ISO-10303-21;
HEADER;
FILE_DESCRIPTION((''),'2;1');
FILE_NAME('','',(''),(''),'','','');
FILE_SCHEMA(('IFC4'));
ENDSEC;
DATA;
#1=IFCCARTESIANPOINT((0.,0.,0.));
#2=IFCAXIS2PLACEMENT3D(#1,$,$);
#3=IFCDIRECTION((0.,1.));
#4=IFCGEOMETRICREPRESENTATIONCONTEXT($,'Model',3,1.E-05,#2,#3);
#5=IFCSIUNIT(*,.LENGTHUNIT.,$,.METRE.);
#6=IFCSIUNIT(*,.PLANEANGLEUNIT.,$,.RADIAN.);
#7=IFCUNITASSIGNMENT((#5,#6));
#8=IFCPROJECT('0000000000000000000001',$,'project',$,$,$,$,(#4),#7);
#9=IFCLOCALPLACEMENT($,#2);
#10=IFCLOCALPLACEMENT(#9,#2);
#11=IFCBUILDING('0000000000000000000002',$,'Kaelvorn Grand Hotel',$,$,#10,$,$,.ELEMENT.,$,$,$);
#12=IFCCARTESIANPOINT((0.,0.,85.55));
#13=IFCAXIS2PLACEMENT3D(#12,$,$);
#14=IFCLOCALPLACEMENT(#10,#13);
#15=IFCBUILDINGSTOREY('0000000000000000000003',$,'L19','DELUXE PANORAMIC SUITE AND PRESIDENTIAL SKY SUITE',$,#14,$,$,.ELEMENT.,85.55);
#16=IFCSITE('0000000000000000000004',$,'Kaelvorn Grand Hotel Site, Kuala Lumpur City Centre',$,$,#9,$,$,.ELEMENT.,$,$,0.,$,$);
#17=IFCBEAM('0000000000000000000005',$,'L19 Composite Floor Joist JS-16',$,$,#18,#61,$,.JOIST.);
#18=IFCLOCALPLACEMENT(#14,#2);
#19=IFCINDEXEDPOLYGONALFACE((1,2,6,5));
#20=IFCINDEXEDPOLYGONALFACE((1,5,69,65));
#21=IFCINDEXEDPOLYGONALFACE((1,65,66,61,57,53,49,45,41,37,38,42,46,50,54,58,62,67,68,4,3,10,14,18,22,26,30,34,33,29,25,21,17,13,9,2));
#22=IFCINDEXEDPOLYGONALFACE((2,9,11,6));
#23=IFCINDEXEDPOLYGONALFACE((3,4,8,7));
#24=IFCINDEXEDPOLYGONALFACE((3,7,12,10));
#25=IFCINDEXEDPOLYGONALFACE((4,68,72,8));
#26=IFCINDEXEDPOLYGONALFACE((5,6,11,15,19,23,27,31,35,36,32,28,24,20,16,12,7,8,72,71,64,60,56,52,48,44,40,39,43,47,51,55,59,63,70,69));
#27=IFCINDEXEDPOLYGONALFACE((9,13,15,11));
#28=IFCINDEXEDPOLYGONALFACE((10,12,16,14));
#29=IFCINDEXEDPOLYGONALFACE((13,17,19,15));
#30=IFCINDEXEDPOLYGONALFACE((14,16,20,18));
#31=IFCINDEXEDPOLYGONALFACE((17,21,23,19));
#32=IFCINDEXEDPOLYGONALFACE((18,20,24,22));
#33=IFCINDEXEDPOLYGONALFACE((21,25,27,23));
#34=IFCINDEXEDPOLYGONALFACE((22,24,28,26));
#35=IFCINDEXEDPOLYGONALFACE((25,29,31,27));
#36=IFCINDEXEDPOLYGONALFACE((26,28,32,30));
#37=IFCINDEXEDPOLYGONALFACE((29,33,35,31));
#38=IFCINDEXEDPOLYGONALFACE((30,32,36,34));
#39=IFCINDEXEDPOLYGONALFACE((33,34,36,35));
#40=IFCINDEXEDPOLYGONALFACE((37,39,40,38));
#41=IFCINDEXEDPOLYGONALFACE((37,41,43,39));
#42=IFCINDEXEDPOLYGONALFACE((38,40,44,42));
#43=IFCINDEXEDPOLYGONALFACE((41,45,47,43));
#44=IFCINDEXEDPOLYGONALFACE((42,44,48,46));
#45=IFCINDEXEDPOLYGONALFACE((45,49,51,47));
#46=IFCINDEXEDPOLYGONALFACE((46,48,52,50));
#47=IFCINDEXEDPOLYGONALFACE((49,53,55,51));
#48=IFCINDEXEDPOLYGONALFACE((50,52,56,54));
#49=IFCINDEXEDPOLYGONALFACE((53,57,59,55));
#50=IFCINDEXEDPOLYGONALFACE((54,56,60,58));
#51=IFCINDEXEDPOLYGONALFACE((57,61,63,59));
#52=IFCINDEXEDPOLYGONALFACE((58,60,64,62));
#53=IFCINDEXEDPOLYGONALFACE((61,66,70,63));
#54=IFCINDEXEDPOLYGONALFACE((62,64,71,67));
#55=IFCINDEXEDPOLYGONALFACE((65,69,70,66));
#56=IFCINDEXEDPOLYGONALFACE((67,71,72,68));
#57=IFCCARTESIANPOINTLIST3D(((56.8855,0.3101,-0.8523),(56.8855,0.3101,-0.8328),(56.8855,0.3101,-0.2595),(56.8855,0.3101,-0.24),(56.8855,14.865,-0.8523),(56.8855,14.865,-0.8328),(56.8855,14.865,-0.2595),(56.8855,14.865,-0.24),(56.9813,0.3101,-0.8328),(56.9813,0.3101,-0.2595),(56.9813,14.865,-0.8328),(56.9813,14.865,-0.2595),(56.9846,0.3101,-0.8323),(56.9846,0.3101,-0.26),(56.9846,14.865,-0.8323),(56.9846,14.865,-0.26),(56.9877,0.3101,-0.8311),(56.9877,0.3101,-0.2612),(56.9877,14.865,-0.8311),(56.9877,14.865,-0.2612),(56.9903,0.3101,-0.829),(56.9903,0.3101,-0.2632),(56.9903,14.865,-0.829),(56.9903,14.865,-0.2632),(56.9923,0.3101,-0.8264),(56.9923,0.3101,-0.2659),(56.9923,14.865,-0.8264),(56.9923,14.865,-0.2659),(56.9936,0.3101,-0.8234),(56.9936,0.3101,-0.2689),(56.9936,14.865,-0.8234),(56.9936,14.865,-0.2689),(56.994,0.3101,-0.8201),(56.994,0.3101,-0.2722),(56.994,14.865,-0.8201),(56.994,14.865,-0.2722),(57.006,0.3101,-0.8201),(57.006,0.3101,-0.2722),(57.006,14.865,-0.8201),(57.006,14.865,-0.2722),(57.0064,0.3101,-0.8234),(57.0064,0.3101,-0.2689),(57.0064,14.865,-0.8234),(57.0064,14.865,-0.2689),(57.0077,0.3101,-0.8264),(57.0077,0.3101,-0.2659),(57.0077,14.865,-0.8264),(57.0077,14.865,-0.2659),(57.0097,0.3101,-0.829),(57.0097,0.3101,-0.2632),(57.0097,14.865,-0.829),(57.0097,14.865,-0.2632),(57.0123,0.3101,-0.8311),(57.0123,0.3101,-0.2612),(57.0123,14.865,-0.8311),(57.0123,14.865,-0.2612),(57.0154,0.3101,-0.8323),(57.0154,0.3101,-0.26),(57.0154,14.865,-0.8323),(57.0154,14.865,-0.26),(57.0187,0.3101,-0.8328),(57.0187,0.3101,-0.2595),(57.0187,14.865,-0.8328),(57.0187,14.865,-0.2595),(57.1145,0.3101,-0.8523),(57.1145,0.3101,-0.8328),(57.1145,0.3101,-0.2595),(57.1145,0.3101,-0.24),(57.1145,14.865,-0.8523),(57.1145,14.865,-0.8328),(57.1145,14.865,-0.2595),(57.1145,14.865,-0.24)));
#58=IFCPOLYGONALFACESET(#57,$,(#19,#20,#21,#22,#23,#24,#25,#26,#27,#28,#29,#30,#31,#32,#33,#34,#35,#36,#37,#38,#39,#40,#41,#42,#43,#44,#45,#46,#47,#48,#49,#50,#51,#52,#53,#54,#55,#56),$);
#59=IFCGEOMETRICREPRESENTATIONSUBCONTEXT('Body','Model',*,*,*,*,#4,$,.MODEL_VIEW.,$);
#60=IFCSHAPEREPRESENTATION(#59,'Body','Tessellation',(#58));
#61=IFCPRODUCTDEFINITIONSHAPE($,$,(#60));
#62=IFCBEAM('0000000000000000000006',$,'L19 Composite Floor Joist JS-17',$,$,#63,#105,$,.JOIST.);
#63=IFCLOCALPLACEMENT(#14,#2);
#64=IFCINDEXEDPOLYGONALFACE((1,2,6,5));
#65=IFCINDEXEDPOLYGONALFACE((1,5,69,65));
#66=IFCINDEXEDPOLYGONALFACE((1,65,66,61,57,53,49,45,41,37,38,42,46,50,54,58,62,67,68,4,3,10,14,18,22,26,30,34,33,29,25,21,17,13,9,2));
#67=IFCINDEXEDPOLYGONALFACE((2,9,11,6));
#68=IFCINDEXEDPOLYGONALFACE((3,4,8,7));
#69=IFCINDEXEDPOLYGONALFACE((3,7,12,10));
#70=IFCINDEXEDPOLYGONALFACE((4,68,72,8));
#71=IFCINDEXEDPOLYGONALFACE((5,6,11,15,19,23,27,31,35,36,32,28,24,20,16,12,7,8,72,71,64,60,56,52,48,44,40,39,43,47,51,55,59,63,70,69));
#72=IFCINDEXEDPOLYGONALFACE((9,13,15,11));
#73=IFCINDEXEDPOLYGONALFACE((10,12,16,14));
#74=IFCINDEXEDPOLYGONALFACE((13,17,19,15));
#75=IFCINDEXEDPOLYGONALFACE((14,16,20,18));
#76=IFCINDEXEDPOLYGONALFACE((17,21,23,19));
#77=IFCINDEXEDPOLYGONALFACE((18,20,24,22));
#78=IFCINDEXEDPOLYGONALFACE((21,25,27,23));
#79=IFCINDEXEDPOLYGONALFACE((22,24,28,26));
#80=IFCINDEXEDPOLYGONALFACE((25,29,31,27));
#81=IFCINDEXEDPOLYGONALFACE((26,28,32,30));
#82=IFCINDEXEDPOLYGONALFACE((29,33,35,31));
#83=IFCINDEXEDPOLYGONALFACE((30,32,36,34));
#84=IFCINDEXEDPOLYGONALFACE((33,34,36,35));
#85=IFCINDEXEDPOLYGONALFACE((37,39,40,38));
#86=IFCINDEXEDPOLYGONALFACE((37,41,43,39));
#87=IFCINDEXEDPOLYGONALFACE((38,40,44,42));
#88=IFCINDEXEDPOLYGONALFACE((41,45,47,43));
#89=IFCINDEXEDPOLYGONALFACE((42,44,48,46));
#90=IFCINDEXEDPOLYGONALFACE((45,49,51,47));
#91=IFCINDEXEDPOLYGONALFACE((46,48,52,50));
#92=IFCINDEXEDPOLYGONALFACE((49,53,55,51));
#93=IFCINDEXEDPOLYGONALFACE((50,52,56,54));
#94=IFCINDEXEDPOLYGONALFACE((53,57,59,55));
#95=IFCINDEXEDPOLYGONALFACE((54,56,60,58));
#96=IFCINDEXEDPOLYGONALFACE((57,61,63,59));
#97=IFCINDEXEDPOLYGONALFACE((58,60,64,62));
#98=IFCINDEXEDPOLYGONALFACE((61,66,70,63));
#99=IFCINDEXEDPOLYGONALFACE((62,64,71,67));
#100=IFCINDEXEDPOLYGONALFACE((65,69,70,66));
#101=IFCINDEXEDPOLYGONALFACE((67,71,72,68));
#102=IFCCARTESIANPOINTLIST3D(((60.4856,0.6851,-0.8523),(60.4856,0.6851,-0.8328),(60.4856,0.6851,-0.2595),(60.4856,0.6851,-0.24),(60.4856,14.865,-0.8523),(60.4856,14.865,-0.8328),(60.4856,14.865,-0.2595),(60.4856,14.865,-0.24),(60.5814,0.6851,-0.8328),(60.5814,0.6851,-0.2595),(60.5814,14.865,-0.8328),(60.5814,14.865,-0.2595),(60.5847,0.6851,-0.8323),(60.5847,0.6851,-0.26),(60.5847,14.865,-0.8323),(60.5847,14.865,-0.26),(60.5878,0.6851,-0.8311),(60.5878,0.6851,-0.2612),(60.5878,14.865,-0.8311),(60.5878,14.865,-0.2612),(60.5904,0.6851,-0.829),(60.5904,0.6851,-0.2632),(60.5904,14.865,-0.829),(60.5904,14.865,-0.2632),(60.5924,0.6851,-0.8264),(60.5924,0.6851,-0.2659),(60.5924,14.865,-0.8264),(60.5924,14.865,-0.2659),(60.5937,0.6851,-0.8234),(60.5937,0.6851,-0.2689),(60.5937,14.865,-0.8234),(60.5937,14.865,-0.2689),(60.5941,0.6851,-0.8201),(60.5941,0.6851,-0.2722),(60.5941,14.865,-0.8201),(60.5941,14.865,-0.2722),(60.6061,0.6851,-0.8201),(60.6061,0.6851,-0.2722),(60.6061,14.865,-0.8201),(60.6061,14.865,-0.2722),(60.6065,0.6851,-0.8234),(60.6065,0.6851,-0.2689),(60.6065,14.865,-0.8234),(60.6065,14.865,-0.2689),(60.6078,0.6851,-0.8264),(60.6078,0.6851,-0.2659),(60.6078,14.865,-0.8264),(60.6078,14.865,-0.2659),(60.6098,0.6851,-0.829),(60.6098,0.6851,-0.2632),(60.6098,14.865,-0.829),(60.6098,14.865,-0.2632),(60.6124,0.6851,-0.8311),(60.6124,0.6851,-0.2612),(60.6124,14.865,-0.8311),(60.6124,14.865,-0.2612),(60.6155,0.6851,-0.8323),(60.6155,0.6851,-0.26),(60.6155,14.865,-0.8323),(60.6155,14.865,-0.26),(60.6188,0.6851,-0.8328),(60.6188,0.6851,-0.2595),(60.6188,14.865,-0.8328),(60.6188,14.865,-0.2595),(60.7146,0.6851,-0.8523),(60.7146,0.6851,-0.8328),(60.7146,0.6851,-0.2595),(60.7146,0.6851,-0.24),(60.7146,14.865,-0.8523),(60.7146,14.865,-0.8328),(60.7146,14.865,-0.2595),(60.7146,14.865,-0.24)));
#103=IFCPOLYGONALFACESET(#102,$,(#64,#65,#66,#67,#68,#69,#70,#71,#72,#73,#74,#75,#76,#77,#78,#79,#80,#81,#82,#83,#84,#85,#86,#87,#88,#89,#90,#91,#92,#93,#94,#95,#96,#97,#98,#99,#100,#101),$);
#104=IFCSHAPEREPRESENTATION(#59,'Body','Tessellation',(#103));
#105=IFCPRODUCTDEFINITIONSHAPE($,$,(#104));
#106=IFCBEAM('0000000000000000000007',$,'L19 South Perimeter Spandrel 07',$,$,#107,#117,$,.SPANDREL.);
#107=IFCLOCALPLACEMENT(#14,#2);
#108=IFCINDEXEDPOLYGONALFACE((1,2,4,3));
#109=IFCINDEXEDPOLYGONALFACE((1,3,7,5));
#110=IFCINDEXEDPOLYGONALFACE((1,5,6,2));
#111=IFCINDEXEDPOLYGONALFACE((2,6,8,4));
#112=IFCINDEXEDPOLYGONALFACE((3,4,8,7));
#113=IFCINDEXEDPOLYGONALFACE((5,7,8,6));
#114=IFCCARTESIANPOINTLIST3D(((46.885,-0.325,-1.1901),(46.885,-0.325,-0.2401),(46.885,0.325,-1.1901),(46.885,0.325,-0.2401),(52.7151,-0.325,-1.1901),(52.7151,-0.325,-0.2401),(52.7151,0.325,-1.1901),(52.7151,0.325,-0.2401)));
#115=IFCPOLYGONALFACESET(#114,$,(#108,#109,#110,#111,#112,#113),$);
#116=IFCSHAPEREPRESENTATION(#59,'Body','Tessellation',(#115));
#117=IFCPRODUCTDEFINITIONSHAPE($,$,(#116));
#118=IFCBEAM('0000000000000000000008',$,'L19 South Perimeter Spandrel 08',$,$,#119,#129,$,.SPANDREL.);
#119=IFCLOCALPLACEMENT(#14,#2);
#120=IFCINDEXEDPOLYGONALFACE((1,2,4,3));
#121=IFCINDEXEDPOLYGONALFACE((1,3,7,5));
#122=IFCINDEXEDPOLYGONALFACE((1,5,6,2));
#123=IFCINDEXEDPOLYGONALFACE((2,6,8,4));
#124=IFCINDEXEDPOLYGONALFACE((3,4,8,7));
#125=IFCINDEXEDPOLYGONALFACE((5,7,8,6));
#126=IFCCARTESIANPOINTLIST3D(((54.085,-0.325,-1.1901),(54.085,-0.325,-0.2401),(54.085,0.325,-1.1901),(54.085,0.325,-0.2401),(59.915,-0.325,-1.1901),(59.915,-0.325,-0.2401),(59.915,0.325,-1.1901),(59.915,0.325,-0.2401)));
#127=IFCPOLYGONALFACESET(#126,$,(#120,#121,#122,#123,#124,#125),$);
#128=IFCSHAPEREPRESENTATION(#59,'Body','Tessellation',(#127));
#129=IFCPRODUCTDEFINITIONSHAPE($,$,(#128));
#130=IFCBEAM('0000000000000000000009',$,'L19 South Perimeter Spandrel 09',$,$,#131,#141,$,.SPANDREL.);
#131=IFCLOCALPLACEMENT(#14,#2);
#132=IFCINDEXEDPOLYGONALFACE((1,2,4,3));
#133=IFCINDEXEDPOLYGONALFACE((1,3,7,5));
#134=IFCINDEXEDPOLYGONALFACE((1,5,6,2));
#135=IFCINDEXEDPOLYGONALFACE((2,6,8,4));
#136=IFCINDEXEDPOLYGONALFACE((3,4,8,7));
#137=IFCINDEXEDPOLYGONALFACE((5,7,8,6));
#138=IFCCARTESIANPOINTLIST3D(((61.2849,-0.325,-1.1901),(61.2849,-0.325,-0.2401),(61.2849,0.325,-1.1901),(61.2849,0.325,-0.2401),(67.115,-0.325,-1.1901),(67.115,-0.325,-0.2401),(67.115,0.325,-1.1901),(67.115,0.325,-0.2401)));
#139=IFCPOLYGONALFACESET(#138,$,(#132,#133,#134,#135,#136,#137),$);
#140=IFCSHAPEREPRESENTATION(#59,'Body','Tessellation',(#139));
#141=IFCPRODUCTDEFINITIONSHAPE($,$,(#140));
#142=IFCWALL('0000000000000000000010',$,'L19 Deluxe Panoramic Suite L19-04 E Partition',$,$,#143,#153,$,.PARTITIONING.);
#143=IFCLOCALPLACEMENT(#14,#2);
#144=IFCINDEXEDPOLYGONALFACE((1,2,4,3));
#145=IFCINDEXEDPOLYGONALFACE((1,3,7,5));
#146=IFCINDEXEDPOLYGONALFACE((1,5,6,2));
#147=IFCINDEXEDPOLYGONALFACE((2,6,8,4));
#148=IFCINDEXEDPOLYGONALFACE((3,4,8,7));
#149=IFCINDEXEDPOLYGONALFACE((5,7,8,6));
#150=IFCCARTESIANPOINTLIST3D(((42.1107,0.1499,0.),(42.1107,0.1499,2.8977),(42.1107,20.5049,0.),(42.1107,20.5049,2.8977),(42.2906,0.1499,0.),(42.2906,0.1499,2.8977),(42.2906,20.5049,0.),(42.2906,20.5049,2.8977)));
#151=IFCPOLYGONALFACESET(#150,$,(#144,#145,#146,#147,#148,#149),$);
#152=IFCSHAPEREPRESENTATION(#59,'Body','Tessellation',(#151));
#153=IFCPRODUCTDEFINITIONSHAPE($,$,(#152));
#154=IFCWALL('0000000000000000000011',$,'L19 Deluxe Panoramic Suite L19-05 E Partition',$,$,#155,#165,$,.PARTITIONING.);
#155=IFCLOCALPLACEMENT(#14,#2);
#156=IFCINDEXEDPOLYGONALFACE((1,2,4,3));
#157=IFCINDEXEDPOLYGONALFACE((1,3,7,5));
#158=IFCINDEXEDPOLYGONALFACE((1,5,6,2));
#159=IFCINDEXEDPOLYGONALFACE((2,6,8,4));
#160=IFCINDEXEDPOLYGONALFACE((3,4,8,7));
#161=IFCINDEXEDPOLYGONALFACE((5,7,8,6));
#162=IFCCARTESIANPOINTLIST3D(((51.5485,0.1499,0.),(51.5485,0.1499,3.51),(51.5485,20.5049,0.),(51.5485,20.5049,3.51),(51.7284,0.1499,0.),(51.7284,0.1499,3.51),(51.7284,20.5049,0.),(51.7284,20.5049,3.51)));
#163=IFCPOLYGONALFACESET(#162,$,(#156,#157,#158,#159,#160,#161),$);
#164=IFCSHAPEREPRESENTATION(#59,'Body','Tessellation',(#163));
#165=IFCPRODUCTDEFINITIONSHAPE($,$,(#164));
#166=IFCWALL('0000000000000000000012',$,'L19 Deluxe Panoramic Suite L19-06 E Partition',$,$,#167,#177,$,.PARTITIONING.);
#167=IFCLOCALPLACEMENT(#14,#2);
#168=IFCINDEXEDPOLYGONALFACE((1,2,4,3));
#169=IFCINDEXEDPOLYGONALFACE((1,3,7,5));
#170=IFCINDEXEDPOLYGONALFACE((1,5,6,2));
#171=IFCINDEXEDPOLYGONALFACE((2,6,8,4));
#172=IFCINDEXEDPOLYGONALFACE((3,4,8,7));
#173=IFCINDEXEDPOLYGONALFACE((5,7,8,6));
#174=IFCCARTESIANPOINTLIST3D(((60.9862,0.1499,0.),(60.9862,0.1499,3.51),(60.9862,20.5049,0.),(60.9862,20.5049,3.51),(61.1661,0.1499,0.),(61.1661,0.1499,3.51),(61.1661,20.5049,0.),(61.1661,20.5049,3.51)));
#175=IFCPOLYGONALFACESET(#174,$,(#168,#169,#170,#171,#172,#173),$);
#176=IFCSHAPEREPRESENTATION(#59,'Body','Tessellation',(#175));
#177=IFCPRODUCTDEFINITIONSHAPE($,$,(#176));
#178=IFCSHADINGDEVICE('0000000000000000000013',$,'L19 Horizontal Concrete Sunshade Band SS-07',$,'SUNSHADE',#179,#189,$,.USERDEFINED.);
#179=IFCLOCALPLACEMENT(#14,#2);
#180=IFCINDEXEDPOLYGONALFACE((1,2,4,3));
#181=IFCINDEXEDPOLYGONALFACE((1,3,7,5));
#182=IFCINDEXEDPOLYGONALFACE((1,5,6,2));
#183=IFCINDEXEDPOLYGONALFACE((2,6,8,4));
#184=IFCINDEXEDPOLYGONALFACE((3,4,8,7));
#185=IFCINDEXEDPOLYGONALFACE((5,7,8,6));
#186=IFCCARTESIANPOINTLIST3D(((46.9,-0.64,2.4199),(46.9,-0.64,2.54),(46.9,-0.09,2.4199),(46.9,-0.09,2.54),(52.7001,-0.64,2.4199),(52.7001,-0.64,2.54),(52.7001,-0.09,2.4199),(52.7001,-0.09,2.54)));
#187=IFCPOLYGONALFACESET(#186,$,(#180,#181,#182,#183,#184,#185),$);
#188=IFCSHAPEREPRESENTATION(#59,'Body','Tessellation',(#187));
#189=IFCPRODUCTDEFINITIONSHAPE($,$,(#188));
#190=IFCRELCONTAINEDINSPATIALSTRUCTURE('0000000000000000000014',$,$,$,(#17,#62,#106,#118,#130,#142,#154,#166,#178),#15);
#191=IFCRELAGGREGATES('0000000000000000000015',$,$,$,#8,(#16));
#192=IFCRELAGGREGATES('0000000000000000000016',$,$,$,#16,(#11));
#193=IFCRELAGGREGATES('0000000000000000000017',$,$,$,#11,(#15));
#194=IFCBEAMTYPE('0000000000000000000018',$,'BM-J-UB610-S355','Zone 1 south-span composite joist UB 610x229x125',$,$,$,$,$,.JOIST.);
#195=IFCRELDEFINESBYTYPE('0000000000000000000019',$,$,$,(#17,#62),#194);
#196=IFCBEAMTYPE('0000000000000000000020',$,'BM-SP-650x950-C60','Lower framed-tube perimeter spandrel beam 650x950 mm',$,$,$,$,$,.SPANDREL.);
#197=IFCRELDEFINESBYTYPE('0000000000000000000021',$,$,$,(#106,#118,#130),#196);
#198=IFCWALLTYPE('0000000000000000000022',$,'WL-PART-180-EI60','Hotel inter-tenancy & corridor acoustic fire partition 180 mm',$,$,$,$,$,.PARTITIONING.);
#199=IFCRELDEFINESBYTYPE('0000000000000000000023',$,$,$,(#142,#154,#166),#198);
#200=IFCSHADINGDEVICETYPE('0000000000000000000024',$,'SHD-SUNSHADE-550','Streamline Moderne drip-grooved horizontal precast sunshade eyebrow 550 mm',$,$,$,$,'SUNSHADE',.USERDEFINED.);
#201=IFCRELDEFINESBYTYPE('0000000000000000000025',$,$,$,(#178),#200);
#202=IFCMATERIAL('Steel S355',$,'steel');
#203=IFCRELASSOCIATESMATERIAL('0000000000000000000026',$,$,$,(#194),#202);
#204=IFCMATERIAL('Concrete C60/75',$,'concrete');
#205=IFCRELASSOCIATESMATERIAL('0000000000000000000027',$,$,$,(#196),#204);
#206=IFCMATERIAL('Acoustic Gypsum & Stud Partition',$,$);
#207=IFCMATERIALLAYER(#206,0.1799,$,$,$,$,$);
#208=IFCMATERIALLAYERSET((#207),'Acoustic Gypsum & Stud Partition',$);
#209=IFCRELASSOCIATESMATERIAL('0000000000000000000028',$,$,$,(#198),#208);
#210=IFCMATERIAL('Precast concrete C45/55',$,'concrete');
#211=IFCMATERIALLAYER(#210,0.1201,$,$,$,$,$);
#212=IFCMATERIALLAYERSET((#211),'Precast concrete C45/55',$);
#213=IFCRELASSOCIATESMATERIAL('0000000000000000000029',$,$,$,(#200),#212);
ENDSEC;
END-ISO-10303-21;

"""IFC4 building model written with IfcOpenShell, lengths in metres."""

from ifc_helpers import new_model, si_unit, direction, frame, frame_2d, origin, origin_2d, place, context, subcontext, project, spatial, rectangle, i_section, extrude, material, layer, layer_set, material_profile, profile_set, type_object, element, save


model = new_model("IFC4")

# Units and contexts
model_context = context("Model", 3, precision=1e-05, world=origin(), true_north=direction((0.0, 1.0)))
body_context = subcontext(model_context, "Body", "Model", "MODEL_VIEW")
ifc_project = project(units=[si_unit("LENGTHUNIT", "METRE"), si_unit("PLANEANGLEUNIT", "RADIAN")], contexts=[model_context])

# Site, building, storey
site_placement = place(None, origin())
site = spatial("IfcSite", under=ifc_project, at=site_placement, Name="Kaelvorn Grand Hotel Site, Kuala Lumpur City Centre", CompositionType="ELEMENT", RefElevation=0.0)
building_placement = place(site_placement, origin())
building = spatial("IfcBuilding", under=site, at=building_placement, Name="Kaelvorn Grand Hotel", CompositionType="ELEMENT")
storey_placement = place(building_placement, frame((0.0, 0.0, 85.55)))
storey = spatial("IfcBuildingStorey", under=building, at=storey_placement, Name="L19", Description="DELUXE PANORAMIC SUITE AND PRESIDENTIAL SKY SUITE", CompositionType="ELEMENT", Elevation=85.55)

# Shared definitions
ifc_material_1 = material(Name="Concrete C60/75", Category="concrete")

# Beams
ifc_material_2 = material(Name="Steel S355", Category="steel")
ifc_material_profile_1 = material_profile(ifc_material_2, i_section(OverallWidth=0.229, OverallDepth=0.6123, WebThickness=0.012, FlangeThickness=0.0195, FilletRadius=0.0127, at=origin_2d()), Name="UB 610x229x125")
ifc_profile_set_1 = profile_set([ifc_material_profile_1], Name="Steel S355")
beam_type_1 = type_object("IfcBeamType", Name="BM-J-UB610-S355", Description="Zone 1 south-span composite joist UB 610x229x125", PredefinedType="JOIST", material=ifc_profile_set_1)
beam_1_placement = place(storey_placement, frame((57.0, 0.3101, -0.5461), z_axis=(0.0, 1.0, 0.0), x_axis=(-1.0, 0.0, 0.0)))
element("IfcBeam", 1, at=beam_1_placement, inside=storey, type_object=beam_type_1, Name="L19 Composite Floor Joist JS-16", PredefinedType="JOIST", context=body_context, shape_type="SweptSolid", body=[
    extrude(i_section(OverallWidth=0.229, OverallDepth=0.6123, WebThickness=0.012, FlangeThickness=0.0195, FilletRadius=0.0127, at=origin_2d()), origin(), (0.0, 0.0, 1.0), 14.5549),
])
beam_2_placement = place(storey_placement, frame((60.6001, 0.6851, -0.5461), z_axis=(0.0, 1.0, 0.0), x_axis=(-1.0, 0.0, 0.0)))
element("IfcBeam", 2, at=beam_2_placement, inside=storey, type_object=beam_type_1, Name="L19 Composite Floor Joist JS-17", PredefinedType="JOIST", context=body_context, shape_type="SweptSolid", body=[
    extrude(i_section(OverallWidth=0.229, OverallDepth=0.6123, WebThickness=0.012, FlangeThickness=0.0195, FilletRadius=0.0127, at=origin_2d()), origin(), (0.0, 0.0, 1.0), 14.1799),
])
ifc_material_profile_2 = material_profile(ifc_material_1, rectangle(XDim=0.6499, YDim=0.95, at=origin_2d()), Name="RC SPANDREL 650x950")
ifc_profile_set_2 = profile_set([ifc_material_profile_2], Name="Concrete C60/75")
beam_type_2 = type_object("IfcBeamType", Name="BM-SP-650x950-C60", Description="Lower framed-tube perimeter spandrel beam 650x950 mm", PredefinedType="SPANDREL", material=ifc_profile_set_2)
for number, where, z_axis, x_axis, name in (
    (3, (46.885, 0.0, -0.7151), (1.0, 0.0, 0.0), (0.0, 1.0, 0.0), "L19 South Perimeter Spandrel 07"),
    (4, (54.085, 0.0, -0.7151), (1.0, 0.0, 0.0), (0.0, 1.0, 0.0), "L19 South Perimeter Spandrel 08"),
    (5, (61.2849, 0.0, -0.7151), (1.0, 0.0, 0.0), (0.0, 1.0, 0.0), "L19 South Perimeter Spandrel 09"),
):
    element("IfcBeam", number, at=place(storey_placement, frame(where, z_axis=z_axis, x_axis=x_axis)), inside=storey, type_object=beam_type_2, Name=name, PredefinedType="SPANDREL", context=body_context, shape_type="SweptSolid", body=[
        extrude(rectangle(XDim=0.6499, YDim=0.95, at=origin_2d()), origin(), (0.0, 0.0, 1.0), 5.8301),
    ])

# Walls
ifc_material_3 = material(Name="Acoustic Gypsum & Stud Partition")
ifc_layer_1 = layer(ifc_material_3, 0.1799)
ifc_layer_set_1 = layer_set([ifc_layer_1], Name="Acoustic Gypsum & Stud Partition")
wall_type = type_object("IfcWallType", Name="WL-PART-180-EI60", Description="Hotel inter-tenancy & corridor acoustic fire partition 180 mm", PredefinedType="PARTITIONING", material=ifc_layer_set_1)
wall_placement = place(storey_placement, frame((42.2007, 0.1499, 0.0), z_axis=(0.0, 0.0, 1.0), x_axis=(0.0, 1.0, 0.0)))
element("IfcWall", 6, at=wall_placement, inside=storey, type_object=wall_type, Name="L19 Deluxe Panoramic Suite L19-04 E Partition", PredefinedType="PARTITIONING", context=body_context, shape_type="SweptSolid", body=[
    extrude(rectangle(XDim=20.355, YDim=0.1799, at=frame_2d((10.1775, 0.0))), origin(), (0.0, 0.0, 1.0), 2.8977),
])
for number, where, z_axis, x_axis, name in (
    (7, (51.6384, 0.1499, 0.0), (0.0, 0.0, 1.0), (0.0, 1.0, 0.0), "L19 Deluxe Panoramic Suite L19-05 E Partition"),
    (8, (61.0762, 0.1499, 0.0), (0.0, 0.0, 1.0), (0.0, 1.0, 0.0), "L19 Deluxe Panoramic Suite L19-06 E Partition"),
):
    element("IfcWall", number, at=place(storey_placement, frame(where, z_axis=z_axis, x_axis=x_axis)), inside=storey, type_object=wall_type, Name=name, PredefinedType="PARTITIONING", context=body_context, shape_type="SweptSolid", body=[
        extrude(rectangle(XDim=20.355, YDim=0.1799, at=frame_2d((10.1775, 0.0))), origin(), (0.0, 0.0, 1.0), 3.51),
    ])

# Shading device
ifc_material_4 = material(Name="Precast concrete C45/55", Category="concrete")
ifc_layer_2 = layer(ifc_material_4, 0.1201)
ifc_layer_set_2 = layer_set([ifc_layer_2], Name="Precast concrete C45/55")
shading_device_type_1 = type_object("IfcShadingDeviceType", Name="SHD-SUNSHADE-550", Description="Streamline Moderne drip-grooved horizontal precast sunshade eyebrow 550 mm", ElementType="SUNSHADE", PredefinedType="USERDEFINED", material=ifc_layer_set_2)
shading_device_placement = place(storey_placement, frame((49.8, -0.365, 2.4199), z_axis=(0.0, 0.0, 1.0), x_axis=(1.0, 0.0, 0.0)))
element("IfcShadingDevice", 9, at=shading_device_placement, inside=storey, type_object=shading_device_type_1, Name="L19 Horizontal Concrete Sunshade Band SS-07", ObjectType="SUNSHADE", PredefinedType="USERDEFINED", context=body_context, shape_type="SweptSolid", body=[
    extrude(rectangle(XDim=5.8, YDim=0.55, at=origin_2d()), origin(), (0.0, 0.0, 1.0), 0.1201),
])

save(model, "model.ifc")
